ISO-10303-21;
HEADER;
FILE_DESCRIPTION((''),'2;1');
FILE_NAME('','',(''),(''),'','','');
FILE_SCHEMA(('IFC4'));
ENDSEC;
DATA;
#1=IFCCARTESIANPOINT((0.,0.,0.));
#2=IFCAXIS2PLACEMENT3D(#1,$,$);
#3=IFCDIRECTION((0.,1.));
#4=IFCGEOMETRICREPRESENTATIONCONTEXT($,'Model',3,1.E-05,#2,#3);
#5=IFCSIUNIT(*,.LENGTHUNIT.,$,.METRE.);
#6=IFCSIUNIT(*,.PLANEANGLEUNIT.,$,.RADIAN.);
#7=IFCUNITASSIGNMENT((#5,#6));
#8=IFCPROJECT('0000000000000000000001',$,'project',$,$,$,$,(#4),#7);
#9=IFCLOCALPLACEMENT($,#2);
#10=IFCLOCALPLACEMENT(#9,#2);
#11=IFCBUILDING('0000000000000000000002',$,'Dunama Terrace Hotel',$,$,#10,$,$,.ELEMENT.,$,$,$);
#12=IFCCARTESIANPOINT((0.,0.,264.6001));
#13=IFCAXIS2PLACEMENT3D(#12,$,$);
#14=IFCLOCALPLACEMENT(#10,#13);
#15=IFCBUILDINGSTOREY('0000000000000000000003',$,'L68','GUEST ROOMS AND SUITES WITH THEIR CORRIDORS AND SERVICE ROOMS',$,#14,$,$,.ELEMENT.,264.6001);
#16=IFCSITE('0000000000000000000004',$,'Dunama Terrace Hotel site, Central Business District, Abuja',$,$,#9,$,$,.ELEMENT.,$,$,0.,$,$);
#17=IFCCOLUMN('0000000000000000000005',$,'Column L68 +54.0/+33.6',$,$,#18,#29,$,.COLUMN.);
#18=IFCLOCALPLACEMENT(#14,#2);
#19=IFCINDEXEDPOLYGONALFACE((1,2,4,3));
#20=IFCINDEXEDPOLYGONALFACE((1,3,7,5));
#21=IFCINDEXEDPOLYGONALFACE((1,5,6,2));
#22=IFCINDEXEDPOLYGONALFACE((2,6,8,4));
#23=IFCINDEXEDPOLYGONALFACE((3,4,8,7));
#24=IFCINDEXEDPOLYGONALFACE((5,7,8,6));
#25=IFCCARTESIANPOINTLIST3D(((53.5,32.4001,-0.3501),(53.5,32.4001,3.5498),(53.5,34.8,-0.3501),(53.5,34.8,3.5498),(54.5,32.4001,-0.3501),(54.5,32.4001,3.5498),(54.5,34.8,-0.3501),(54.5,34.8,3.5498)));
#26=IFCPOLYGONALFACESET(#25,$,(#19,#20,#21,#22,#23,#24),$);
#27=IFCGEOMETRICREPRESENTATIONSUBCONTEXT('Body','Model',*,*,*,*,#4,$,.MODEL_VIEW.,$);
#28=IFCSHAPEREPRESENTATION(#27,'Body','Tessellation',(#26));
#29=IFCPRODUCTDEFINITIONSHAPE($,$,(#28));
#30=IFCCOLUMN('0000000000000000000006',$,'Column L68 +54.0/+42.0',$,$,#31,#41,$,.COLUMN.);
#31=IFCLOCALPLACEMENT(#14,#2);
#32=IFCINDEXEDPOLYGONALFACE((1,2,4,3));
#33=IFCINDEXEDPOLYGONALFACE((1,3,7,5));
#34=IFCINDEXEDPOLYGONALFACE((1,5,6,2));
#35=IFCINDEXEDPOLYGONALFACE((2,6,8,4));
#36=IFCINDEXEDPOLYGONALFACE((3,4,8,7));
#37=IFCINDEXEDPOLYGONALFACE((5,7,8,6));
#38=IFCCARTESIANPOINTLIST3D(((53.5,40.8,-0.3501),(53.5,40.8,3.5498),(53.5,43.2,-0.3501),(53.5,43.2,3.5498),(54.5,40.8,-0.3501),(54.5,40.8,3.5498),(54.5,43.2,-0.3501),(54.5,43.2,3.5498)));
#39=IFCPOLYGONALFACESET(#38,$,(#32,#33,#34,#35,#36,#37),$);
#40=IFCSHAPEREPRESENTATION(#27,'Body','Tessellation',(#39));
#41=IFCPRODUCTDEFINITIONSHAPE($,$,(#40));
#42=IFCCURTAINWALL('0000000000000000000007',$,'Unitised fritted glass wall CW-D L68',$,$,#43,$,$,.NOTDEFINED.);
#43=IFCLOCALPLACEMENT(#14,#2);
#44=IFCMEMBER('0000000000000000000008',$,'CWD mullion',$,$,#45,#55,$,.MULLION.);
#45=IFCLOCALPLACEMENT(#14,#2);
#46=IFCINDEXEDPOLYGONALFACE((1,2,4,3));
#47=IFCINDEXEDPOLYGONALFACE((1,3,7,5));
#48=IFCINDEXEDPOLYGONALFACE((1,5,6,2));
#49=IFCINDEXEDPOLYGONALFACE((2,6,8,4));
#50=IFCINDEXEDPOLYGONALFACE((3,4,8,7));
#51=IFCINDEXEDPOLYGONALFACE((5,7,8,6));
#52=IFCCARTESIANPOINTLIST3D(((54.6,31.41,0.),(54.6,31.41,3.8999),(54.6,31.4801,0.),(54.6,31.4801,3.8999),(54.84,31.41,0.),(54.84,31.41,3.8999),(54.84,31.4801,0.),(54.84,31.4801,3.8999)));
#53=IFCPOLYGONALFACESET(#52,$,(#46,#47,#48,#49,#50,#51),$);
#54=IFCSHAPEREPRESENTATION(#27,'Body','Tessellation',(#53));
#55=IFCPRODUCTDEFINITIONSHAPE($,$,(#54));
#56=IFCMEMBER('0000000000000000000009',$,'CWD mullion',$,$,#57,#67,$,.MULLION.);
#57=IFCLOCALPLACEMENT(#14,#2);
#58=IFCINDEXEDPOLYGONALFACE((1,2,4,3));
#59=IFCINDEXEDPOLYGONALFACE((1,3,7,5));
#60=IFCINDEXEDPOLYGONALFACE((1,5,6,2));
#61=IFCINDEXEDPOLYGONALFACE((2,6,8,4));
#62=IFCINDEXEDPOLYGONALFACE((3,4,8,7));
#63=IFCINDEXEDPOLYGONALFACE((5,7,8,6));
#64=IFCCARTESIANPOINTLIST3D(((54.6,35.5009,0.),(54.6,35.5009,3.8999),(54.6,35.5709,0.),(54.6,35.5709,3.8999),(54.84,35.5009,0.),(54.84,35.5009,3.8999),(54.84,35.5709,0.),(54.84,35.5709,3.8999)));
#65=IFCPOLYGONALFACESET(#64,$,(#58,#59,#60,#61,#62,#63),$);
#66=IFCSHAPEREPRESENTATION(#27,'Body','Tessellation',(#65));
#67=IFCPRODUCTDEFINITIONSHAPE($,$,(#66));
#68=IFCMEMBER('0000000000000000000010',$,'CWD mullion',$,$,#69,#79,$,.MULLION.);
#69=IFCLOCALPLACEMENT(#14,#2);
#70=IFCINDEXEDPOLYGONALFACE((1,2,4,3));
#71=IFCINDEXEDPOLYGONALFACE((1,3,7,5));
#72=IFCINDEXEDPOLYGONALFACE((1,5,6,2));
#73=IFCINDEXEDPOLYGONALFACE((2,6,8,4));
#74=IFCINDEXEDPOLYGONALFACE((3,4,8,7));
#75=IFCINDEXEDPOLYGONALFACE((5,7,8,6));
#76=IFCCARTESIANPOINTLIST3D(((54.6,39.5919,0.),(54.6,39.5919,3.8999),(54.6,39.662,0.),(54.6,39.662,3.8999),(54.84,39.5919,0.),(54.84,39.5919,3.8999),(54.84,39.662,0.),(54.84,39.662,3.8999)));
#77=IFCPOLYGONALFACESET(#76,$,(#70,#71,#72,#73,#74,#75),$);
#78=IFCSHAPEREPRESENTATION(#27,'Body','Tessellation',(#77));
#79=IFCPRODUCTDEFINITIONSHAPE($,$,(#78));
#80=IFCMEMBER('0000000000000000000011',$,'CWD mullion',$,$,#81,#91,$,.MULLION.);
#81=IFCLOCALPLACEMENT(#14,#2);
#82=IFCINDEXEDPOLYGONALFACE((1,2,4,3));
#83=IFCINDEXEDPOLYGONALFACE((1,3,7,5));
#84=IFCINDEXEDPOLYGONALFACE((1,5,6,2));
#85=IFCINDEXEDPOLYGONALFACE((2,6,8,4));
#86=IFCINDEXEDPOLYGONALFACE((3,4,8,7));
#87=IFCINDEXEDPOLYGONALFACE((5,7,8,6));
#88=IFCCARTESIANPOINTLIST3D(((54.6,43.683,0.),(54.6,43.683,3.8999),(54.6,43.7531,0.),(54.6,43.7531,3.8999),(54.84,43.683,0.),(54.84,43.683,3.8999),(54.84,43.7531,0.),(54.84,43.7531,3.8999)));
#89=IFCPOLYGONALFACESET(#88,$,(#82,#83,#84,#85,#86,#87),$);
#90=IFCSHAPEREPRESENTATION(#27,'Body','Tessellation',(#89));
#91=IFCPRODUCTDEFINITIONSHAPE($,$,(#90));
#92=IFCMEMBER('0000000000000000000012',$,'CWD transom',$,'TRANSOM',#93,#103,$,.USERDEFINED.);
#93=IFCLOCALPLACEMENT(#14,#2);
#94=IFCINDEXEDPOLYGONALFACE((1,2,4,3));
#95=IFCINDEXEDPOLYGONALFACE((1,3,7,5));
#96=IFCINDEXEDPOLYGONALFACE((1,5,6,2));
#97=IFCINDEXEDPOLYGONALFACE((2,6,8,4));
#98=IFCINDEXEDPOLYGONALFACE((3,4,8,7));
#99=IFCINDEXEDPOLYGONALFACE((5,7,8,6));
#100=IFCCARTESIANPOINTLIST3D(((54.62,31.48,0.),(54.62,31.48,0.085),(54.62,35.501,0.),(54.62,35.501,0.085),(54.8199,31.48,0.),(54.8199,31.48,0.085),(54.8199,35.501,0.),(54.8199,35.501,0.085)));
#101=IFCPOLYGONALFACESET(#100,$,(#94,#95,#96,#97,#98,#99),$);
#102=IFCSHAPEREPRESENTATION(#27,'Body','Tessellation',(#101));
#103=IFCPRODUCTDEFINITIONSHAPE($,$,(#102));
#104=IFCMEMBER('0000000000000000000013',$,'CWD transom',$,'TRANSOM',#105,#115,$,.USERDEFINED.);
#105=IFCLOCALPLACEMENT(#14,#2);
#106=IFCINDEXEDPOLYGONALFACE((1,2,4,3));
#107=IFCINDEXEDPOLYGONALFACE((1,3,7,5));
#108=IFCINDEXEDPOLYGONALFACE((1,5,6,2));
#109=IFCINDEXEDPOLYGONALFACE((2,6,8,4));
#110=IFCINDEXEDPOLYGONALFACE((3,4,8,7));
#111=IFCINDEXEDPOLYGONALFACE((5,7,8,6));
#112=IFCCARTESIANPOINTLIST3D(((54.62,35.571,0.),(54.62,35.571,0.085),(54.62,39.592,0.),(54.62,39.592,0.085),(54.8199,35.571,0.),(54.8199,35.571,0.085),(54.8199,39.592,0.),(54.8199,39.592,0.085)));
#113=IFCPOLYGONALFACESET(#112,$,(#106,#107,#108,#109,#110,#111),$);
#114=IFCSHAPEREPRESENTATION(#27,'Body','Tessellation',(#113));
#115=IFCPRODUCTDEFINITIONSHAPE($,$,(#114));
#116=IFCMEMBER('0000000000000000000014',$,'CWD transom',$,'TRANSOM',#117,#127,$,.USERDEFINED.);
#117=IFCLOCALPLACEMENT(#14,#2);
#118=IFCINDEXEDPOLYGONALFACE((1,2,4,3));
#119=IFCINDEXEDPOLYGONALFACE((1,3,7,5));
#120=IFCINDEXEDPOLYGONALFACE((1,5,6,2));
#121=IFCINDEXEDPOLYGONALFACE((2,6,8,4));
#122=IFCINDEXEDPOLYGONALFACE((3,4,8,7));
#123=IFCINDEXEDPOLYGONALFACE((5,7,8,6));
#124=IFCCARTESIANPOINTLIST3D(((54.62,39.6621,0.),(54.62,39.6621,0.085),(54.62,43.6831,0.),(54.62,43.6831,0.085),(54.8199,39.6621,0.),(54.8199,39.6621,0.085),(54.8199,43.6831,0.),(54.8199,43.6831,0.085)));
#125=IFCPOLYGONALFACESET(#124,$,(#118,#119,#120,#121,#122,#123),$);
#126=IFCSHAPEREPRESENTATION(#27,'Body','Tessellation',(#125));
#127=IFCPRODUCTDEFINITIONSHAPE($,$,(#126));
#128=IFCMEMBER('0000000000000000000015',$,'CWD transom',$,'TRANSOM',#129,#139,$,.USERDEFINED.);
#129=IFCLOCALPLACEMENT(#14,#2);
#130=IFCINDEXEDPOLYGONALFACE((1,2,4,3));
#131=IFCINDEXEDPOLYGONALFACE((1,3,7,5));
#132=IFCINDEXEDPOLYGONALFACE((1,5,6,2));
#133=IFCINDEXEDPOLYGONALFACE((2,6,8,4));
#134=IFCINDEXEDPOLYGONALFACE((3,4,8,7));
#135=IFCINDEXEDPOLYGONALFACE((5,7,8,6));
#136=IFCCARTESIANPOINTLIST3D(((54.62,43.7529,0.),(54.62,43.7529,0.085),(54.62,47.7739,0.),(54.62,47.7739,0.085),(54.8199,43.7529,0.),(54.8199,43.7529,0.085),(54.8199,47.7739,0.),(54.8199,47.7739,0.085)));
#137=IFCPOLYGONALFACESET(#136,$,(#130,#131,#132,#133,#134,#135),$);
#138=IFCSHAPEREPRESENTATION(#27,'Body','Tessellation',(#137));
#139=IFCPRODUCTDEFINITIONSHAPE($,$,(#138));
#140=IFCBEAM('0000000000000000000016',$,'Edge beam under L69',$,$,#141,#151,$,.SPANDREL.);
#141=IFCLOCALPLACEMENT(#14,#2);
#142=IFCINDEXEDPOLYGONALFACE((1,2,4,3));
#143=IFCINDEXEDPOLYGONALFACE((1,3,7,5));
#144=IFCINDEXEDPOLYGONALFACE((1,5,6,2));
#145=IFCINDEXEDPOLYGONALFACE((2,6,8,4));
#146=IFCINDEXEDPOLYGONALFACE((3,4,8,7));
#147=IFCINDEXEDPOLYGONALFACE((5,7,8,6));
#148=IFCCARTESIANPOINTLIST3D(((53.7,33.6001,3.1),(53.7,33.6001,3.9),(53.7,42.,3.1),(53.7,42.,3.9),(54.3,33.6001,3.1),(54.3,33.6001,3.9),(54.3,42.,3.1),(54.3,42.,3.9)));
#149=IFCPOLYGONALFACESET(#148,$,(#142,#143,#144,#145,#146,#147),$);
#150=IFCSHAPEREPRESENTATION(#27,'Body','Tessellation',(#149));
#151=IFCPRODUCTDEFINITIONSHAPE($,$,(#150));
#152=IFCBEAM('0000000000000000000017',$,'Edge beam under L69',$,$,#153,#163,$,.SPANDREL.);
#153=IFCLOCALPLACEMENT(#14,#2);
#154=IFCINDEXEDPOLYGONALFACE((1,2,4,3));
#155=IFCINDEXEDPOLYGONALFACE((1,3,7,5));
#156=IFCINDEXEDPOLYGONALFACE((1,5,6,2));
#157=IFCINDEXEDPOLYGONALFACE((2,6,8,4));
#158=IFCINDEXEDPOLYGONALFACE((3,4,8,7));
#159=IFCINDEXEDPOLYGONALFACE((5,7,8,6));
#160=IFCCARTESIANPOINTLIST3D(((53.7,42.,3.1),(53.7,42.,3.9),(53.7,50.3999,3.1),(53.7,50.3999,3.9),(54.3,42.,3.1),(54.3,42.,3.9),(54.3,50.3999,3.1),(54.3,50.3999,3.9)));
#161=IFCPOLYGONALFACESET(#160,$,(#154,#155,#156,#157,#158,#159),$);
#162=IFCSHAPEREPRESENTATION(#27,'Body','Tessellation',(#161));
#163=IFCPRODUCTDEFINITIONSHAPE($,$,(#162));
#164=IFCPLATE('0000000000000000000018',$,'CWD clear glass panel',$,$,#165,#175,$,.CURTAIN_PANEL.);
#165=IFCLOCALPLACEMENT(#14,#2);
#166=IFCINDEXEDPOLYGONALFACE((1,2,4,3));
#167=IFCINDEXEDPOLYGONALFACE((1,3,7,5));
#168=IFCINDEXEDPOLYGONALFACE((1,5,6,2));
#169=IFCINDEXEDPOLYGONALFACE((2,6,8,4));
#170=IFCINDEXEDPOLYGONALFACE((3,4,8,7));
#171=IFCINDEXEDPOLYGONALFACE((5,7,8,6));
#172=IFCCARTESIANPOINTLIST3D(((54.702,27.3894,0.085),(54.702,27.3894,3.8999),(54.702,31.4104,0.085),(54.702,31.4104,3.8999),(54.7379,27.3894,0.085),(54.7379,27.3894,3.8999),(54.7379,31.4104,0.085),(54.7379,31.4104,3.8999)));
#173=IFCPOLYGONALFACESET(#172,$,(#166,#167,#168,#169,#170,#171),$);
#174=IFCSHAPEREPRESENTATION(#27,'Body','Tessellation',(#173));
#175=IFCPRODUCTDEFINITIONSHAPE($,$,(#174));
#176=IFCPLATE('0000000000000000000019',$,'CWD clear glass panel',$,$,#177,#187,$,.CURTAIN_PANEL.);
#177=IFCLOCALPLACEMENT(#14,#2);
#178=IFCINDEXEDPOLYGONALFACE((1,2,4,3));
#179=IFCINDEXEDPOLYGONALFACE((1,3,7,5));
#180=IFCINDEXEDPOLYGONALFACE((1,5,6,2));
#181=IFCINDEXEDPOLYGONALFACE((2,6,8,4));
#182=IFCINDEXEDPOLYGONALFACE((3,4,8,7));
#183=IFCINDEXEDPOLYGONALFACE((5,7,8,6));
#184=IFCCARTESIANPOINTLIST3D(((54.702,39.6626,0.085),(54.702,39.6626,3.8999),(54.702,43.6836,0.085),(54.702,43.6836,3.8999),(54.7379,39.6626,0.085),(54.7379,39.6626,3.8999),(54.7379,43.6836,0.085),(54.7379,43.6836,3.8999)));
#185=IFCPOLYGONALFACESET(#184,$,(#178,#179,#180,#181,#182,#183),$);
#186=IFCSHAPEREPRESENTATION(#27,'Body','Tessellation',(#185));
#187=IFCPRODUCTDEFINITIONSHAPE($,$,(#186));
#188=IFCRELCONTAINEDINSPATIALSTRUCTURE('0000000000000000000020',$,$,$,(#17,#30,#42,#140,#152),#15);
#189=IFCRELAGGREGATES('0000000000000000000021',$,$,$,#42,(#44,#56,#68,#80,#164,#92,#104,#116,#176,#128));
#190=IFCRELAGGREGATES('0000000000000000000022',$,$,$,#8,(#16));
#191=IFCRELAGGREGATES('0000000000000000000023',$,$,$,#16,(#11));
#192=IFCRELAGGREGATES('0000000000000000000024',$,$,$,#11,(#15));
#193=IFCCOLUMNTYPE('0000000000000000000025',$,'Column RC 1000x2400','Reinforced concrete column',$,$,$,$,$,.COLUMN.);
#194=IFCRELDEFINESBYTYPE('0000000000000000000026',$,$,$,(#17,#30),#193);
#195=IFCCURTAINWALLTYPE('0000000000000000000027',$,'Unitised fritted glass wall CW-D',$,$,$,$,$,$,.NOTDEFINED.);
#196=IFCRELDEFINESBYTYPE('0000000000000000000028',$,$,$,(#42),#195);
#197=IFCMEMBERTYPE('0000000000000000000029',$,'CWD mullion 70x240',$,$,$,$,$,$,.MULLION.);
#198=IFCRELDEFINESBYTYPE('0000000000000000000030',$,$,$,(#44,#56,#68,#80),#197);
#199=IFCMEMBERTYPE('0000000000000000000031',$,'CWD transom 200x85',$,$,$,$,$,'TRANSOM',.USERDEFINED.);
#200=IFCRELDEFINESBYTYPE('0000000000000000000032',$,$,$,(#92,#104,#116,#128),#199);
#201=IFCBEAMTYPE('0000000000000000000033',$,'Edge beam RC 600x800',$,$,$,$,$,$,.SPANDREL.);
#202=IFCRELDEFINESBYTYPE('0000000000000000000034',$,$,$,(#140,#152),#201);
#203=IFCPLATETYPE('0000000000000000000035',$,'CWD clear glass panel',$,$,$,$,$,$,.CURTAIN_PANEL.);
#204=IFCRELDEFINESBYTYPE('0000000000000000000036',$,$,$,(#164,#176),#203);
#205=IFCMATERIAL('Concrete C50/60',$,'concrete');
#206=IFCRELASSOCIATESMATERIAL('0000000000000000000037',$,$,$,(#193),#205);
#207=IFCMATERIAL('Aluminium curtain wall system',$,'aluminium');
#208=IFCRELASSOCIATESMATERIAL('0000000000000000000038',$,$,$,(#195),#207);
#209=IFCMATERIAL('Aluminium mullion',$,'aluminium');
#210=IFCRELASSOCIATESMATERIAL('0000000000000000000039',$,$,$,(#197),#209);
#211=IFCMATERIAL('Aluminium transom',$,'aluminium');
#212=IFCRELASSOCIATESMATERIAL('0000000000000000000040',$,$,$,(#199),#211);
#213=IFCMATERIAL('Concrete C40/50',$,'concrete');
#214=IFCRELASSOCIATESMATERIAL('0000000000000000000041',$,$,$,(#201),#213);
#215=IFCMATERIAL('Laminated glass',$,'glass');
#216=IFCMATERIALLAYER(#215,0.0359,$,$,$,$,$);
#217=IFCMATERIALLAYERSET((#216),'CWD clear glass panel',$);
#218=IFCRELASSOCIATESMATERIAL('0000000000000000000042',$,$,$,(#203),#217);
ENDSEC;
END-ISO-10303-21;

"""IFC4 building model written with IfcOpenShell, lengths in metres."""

from ifc_helpers import new_model, si_unit, direction, frame, origin, origin_2d, place, context, subcontext, project, spatial, rectangle, extrude, material, layer, layer_set, material_profile, profile_set, type_object, element, aggregate, save


model = new_model("IFC4")

# Units and contexts
model_context = context("Model", 3, precision=1e-05, world=origin(), true_north=direction((0.0, 1.0)))
body_context = subcontext(model_context, "Body", "Model", "MODEL_VIEW")
ifc_project = project(units=[si_unit("LENGTHUNIT", "METRE"), si_unit("PLANEANGLEUNIT", "RADIAN")], contexts=[model_context])

# Site, building, storey
site_placement = place(None, origin())
site = spatial("IfcSite", under=ifc_project, at=site_placement, Name="Dunama Terrace Hotel site, Central Business District, Abuja", CompositionType="ELEMENT", RefElevation=0.0)
building_placement = place(site_placement, origin())
building = spatial("IfcBuilding", under=site, at=building_placement, Name="Dunama Terrace Hotel", CompositionType="ELEMENT")
storey_placement = place(building_placement, frame((0.0, 0.0, 264.6001)))
storey = spatial("IfcBuildingStorey", under=building, at=storey_placement, Name="L68", Description="GUEST ROOMS AND SUITES WITH THEIR CORRIDORS AND SERVICE ROOMS", CompositionType="ELEMENT", Elevation=264.6001)

# Columns
ifc_material_1 = material(Name="Concrete C50/60", Category="concrete")
ifc_material_profile_1 = material_profile(ifc_material_1, rectangle(XDim=1.0, YDim=2.3999, at=origin_2d()), Name="RC 1000x2400")
ifc_profile_set_1 = profile_set([ifc_material_profile_1], Name="Concrete C50/60")
column_type = type_object("IfcColumnType", Name="Column RC 1000x2400", Description="Reinforced concrete column", PredefinedType="COLUMN", material=ifc_profile_set_1)
for number, where, z_axis, x_axis, name in (
    (1, (54.0, 33.6001, -0.3501), (0.0, 0.0, 1.0), (1.0, 0.0, 0.0), "Column L68 +54.0/+33.6"),
    (2, (54.0, 42.0, -0.3501), (0.0, 0.0, 1.0), (1.0, 0.0, 0.0), "Column L68 +54.0/+42.0"),
):
    element("IfcColumn", number, at=place(storey_placement, frame(where, z_axis=z_axis, x_axis=x_axis)), inside=storey, type_object=column_type, Name=name, PredefinedType="COLUMN", context=body_context, shape_type="SweptSolid", body=[
        extrude(rectangle(XDim=1.0, YDim=2.3999, at=origin_2d()), origin(), (0.0, 0.0, 1.0), 3.8999),
    ])

# Curtain wall, members
ifc_material_2 = material(Name="Aluminium curtain wall system", Category="aluminium")
curtain_wall_type = type_object("IfcCurtainWallType", Name="Unitised fritted glass wall CW-D", PredefinedType="NOTDEFINED", material=ifc_material_2)
curtain_wall_placement = place(storey_placement, origin())
curtain_wall = element("IfcCurtainWall", 3, at=curtain_wall_placement, inside=storey, type_object=curtain_wall_type, Name="Unitised fritted glass wall CW-D L68", PredefinedType="NOTDEFINED")
ifc_material_3 = material(Name="Aluminium mullion", Category="aluminium")
ifc_material_profile_2 = material_profile(ifc_material_3, rectangle(XDim=0.0701, YDim=0.24, at=origin_2d()), Name="CWD MULLION 70X240")
ifc_profile_set_2 = profile_set([ifc_material_profile_2], Name="Aluminium mullion")
member_type_1 = type_object("IfcMemberType", Name="CWD mullion 70x240", PredefinedType="MULLION", material=ifc_profile_set_2)
member_1_placement = place(storey_placement, frame((54.72, 31.4451, 0.0), z_axis=(0.0, 0.0, 1.0), x_axis=(0.0, 1.0, 0.0)))
member_1 = element("IfcMember", 4, at=member_1_placement, type_object=member_type_1, Name="CWD mullion", PredefinedType="MULLION", context=body_context, shape_type="SweptSolid", body=[
    extrude(rectangle(XDim=0.0701, YDim=0.24, at=origin_2d()), origin(), (0.0, 0.0, 1.0), 3.8999),
])
member_2_placement = place(storey_placement, frame((54.72, 35.5359, 0.0), z_axis=(0.0, 0.0, 1.0), x_axis=(0.0, 1.0, 0.0)))
member_2 = element("IfcMember", 5, at=member_2_placement, type_object=member_type_1, Name="CWD mullion", PredefinedType="MULLION", context=body_context, shape_type="SweptSolid", body=[
    extrude(rectangle(XDim=0.0701, YDim=0.24, at=origin_2d()), origin(), (0.0, 0.0, 1.0), 3.8999),
])
member_3_placement = place(storey_placement, frame((54.72, 39.627, 0.0), z_axis=(0.0, 0.0, 1.0), x_axis=(0.0, 1.0, 0.0)))
member_3 = element("IfcMember", 6, at=member_3_placement, type_object=member_type_1, Name="CWD mullion", PredefinedType="MULLION", context=body_context, shape_type="SweptSolid", body=[
    extrude(rectangle(XDim=0.0701, YDim=0.24, at=origin_2d()), origin(), (0.0, 0.0, 1.0), 3.8999),
])
member_4_placement = place(storey_placement, frame((54.72, 43.718, 0.0), z_axis=(0.0, 0.0, 1.0), x_axis=(0.0, 1.0, 0.0)))
member_4 = element("IfcMember", 7, at=member_4_placement, type_object=member_type_1, Name="CWD mullion", PredefinedType="MULLION", context=body_context, shape_type="SweptSolid", body=[
    extrude(rectangle(XDim=0.0701, YDim=0.24, at=origin_2d()), origin(), (0.0, 0.0, 1.0), 3.8999),
])
ifc_material_4 = material(Name="Aluminium transom", Category="aluminium")
ifc_material_profile_3 = material_profile(ifc_material_4, rectangle(XDim=0.2, YDim=0.085, at=origin_2d()), Name="CWD TRANSOM 200X85")
ifc_profile_set_3 = profile_set([ifc_material_profile_3], Name="Aluminium transom")
member_type_2 = type_object("IfcMemberType", Name="CWD transom 200x85", ElementType="TRANSOM", PredefinedType="USERDEFINED", material=ifc_profile_set_3)
member_5_placement = place(storey_placement, frame((54.72, 31.48, 0.0425), z_axis=(0.0, 1.0, 0.0), x_axis=(-1.0, 0.0, 0.0)))
member_5 = element("IfcMember", 8, at=member_5_placement, type_object=member_type_2, Name="CWD transom", ObjectType="TRANSOM", PredefinedType="USERDEFINED", context=body_context, shape_type="SweptSolid", body=[
    extrude(rectangle(XDim=0.2, YDim=0.085, at=origin_2d()), origin(), (0.0, 0.0, 1.0), 4.021),
])
member_6_placement = place(storey_placement, frame((54.72, 35.571, 0.0425), z_axis=(0.0, 1.0, 0.0), x_axis=(-1.0, 0.0, 0.0)))
member_6 = element("IfcMember", 9, at=member_6_placement, type_object=member_type_2, Name="CWD transom", ObjectType="TRANSOM", PredefinedType="USERDEFINED", context=body_context, shape_type="SweptSolid", body=[
    extrude(rectangle(XDim=0.2, YDim=0.085, at=origin_2d()), origin(), (0.0, 0.0, 1.0), 4.021),
])
member_7_placement = place(storey_placement, frame((54.72, 39.6621, 0.0425), z_axis=(0.0, 1.0, 0.0), x_axis=(-1.0, 0.0, 0.0)))
member_7 = element("IfcMember", 10, at=member_7_placement, type_object=member_type_2, Name="CWD transom", ObjectType="TRANSOM", PredefinedType="USERDEFINED", context=body_context, shape_type="SweptSolid", body=[
    extrude(rectangle(XDim=0.2, YDim=0.085, at=origin_2d()), origin(), (0.0, 0.0, 1.0), 4.021),
])
member_8_placement = place(storey_placement, frame((54.72, 43.7529, 0.0425), z_axis=(0.0, 1.0, 0.0), x_axis=(-1.0, 0.0, 0.0)))
member_8 = element("IfcMember", 11, at=member_8_placement, type_object=member_type_2, Name="CWD transom", ObjectType="TRANSOM", PredefinedType="USERDEFINED", context=body_context, shape_type="SweptSolid", body=[
    extrude(rectangle(XDim=0.2, YDim=0.085, at=origin_2d()), origin(), (0.0, 0.0, 1.0), 4.021),
])

# Beams
ifc_material_5 = material(Name="Concrete C40/50", Category="concrete")
ifc_material_profile_4 = material_profile(ifc_material_5, rectangle(XDim=0.6001, YDim=0.8, at=origin_2d()), Name="RC 600x800")
ifc_profile_set_4 = profile_set([ifc_material_profile_4], Name="Concrete C40/50")
beam_type = type_object("IfcBeamType", Name="Edge beam RC 600x800", PredefinedType="SPANDREL", material=ifc_profile_set_4)
for number, where, z_axis, x_axis, name in (
    (12, (54.0, 33.6001, 3.5), (0.0, 1.0, 0.0), (-1.0, 0.0, 0.0), "Edge beam under L69"),
    (13, (54.0, 42.0, 3.5), (0.0, 1.0, 0.0), (-1.0, 0.0, 0.0), "Edge beam under L69"),
):
    element("IfcBeam", number, at=place(storey_placement, frame(where, z_axis=z_axis, x_axis=x_axis)), inside=storey, type_object=beam_type, Name=name, PredefinedType="SPANDREL", context=body_context, shape_type="SweptSolid", body=[
        extrude(rectangle(XDim=0.6001, YDim=0.8, at=origin_2d()), origin(), (0.0, 0.0, 1.0), 8.3999),
    ])

# Plates
ifc_material_6 = material(Name="Laminated glass", Category="glass")
ifc_layer_1 = layer(ifc_material_6, 0.0359)
ifc_layer_set_1 = layer_set([ifc_layer_1], Name="CWD clear glass panel")
plate_type_1 = type_object("IfcPlateType", Name="CWD clear glass panel", PredefinedType="CURTAIN_PANEL", material=ifc_layer_set_1)
plate_1_placement = place(storey_placement, frame((54.72, 29.3999, 0.085), z_axis=(0.0, 0.0, 1.0), x_axis=(0.0, 1.0, 0.0)))
plate_1 = element("IfcPlate", 14, at=plate_1_placement, type_object=plate_type_1, Name="CWD clear glass panel", PredefinedType="CURTAIN_PANEL", context=body_context, shape_type="SweptSolid", body=[
    extrude(rectangle(XDim=4.021, YDim=0.0359, at=origin_2d()), origin(), (0.0, 0.0, 1.0), 3.8149),
])
plate_2_placement = place(storey_placement, frame((54.72, 41.6731, 0.085), z_axis=(0.0, 0.0, 1.0), x_axis=(0.0, 1.0, 0.0)))
plate_2 = element("IfcPlate", 15, at=plate_2_placement, type_object=plate_type_1, Name="CWD clear glass panel", PredefinedType="CURTAIN_PANEL", context=body_context, shape_type="SweptSolid", body=[
    extrude(rectangle(XDim=4.021, YDim=0.0359, at=origin_2d()), origin(), (0.0, 0.0, 1.0), 3.8149),
])
aggregate(curtain_wall, [member_1, member_2, member_3, member_4, plate_1, member_5, member_6, member_7, plate_2, member_8])

save(model, "model.ifc")
